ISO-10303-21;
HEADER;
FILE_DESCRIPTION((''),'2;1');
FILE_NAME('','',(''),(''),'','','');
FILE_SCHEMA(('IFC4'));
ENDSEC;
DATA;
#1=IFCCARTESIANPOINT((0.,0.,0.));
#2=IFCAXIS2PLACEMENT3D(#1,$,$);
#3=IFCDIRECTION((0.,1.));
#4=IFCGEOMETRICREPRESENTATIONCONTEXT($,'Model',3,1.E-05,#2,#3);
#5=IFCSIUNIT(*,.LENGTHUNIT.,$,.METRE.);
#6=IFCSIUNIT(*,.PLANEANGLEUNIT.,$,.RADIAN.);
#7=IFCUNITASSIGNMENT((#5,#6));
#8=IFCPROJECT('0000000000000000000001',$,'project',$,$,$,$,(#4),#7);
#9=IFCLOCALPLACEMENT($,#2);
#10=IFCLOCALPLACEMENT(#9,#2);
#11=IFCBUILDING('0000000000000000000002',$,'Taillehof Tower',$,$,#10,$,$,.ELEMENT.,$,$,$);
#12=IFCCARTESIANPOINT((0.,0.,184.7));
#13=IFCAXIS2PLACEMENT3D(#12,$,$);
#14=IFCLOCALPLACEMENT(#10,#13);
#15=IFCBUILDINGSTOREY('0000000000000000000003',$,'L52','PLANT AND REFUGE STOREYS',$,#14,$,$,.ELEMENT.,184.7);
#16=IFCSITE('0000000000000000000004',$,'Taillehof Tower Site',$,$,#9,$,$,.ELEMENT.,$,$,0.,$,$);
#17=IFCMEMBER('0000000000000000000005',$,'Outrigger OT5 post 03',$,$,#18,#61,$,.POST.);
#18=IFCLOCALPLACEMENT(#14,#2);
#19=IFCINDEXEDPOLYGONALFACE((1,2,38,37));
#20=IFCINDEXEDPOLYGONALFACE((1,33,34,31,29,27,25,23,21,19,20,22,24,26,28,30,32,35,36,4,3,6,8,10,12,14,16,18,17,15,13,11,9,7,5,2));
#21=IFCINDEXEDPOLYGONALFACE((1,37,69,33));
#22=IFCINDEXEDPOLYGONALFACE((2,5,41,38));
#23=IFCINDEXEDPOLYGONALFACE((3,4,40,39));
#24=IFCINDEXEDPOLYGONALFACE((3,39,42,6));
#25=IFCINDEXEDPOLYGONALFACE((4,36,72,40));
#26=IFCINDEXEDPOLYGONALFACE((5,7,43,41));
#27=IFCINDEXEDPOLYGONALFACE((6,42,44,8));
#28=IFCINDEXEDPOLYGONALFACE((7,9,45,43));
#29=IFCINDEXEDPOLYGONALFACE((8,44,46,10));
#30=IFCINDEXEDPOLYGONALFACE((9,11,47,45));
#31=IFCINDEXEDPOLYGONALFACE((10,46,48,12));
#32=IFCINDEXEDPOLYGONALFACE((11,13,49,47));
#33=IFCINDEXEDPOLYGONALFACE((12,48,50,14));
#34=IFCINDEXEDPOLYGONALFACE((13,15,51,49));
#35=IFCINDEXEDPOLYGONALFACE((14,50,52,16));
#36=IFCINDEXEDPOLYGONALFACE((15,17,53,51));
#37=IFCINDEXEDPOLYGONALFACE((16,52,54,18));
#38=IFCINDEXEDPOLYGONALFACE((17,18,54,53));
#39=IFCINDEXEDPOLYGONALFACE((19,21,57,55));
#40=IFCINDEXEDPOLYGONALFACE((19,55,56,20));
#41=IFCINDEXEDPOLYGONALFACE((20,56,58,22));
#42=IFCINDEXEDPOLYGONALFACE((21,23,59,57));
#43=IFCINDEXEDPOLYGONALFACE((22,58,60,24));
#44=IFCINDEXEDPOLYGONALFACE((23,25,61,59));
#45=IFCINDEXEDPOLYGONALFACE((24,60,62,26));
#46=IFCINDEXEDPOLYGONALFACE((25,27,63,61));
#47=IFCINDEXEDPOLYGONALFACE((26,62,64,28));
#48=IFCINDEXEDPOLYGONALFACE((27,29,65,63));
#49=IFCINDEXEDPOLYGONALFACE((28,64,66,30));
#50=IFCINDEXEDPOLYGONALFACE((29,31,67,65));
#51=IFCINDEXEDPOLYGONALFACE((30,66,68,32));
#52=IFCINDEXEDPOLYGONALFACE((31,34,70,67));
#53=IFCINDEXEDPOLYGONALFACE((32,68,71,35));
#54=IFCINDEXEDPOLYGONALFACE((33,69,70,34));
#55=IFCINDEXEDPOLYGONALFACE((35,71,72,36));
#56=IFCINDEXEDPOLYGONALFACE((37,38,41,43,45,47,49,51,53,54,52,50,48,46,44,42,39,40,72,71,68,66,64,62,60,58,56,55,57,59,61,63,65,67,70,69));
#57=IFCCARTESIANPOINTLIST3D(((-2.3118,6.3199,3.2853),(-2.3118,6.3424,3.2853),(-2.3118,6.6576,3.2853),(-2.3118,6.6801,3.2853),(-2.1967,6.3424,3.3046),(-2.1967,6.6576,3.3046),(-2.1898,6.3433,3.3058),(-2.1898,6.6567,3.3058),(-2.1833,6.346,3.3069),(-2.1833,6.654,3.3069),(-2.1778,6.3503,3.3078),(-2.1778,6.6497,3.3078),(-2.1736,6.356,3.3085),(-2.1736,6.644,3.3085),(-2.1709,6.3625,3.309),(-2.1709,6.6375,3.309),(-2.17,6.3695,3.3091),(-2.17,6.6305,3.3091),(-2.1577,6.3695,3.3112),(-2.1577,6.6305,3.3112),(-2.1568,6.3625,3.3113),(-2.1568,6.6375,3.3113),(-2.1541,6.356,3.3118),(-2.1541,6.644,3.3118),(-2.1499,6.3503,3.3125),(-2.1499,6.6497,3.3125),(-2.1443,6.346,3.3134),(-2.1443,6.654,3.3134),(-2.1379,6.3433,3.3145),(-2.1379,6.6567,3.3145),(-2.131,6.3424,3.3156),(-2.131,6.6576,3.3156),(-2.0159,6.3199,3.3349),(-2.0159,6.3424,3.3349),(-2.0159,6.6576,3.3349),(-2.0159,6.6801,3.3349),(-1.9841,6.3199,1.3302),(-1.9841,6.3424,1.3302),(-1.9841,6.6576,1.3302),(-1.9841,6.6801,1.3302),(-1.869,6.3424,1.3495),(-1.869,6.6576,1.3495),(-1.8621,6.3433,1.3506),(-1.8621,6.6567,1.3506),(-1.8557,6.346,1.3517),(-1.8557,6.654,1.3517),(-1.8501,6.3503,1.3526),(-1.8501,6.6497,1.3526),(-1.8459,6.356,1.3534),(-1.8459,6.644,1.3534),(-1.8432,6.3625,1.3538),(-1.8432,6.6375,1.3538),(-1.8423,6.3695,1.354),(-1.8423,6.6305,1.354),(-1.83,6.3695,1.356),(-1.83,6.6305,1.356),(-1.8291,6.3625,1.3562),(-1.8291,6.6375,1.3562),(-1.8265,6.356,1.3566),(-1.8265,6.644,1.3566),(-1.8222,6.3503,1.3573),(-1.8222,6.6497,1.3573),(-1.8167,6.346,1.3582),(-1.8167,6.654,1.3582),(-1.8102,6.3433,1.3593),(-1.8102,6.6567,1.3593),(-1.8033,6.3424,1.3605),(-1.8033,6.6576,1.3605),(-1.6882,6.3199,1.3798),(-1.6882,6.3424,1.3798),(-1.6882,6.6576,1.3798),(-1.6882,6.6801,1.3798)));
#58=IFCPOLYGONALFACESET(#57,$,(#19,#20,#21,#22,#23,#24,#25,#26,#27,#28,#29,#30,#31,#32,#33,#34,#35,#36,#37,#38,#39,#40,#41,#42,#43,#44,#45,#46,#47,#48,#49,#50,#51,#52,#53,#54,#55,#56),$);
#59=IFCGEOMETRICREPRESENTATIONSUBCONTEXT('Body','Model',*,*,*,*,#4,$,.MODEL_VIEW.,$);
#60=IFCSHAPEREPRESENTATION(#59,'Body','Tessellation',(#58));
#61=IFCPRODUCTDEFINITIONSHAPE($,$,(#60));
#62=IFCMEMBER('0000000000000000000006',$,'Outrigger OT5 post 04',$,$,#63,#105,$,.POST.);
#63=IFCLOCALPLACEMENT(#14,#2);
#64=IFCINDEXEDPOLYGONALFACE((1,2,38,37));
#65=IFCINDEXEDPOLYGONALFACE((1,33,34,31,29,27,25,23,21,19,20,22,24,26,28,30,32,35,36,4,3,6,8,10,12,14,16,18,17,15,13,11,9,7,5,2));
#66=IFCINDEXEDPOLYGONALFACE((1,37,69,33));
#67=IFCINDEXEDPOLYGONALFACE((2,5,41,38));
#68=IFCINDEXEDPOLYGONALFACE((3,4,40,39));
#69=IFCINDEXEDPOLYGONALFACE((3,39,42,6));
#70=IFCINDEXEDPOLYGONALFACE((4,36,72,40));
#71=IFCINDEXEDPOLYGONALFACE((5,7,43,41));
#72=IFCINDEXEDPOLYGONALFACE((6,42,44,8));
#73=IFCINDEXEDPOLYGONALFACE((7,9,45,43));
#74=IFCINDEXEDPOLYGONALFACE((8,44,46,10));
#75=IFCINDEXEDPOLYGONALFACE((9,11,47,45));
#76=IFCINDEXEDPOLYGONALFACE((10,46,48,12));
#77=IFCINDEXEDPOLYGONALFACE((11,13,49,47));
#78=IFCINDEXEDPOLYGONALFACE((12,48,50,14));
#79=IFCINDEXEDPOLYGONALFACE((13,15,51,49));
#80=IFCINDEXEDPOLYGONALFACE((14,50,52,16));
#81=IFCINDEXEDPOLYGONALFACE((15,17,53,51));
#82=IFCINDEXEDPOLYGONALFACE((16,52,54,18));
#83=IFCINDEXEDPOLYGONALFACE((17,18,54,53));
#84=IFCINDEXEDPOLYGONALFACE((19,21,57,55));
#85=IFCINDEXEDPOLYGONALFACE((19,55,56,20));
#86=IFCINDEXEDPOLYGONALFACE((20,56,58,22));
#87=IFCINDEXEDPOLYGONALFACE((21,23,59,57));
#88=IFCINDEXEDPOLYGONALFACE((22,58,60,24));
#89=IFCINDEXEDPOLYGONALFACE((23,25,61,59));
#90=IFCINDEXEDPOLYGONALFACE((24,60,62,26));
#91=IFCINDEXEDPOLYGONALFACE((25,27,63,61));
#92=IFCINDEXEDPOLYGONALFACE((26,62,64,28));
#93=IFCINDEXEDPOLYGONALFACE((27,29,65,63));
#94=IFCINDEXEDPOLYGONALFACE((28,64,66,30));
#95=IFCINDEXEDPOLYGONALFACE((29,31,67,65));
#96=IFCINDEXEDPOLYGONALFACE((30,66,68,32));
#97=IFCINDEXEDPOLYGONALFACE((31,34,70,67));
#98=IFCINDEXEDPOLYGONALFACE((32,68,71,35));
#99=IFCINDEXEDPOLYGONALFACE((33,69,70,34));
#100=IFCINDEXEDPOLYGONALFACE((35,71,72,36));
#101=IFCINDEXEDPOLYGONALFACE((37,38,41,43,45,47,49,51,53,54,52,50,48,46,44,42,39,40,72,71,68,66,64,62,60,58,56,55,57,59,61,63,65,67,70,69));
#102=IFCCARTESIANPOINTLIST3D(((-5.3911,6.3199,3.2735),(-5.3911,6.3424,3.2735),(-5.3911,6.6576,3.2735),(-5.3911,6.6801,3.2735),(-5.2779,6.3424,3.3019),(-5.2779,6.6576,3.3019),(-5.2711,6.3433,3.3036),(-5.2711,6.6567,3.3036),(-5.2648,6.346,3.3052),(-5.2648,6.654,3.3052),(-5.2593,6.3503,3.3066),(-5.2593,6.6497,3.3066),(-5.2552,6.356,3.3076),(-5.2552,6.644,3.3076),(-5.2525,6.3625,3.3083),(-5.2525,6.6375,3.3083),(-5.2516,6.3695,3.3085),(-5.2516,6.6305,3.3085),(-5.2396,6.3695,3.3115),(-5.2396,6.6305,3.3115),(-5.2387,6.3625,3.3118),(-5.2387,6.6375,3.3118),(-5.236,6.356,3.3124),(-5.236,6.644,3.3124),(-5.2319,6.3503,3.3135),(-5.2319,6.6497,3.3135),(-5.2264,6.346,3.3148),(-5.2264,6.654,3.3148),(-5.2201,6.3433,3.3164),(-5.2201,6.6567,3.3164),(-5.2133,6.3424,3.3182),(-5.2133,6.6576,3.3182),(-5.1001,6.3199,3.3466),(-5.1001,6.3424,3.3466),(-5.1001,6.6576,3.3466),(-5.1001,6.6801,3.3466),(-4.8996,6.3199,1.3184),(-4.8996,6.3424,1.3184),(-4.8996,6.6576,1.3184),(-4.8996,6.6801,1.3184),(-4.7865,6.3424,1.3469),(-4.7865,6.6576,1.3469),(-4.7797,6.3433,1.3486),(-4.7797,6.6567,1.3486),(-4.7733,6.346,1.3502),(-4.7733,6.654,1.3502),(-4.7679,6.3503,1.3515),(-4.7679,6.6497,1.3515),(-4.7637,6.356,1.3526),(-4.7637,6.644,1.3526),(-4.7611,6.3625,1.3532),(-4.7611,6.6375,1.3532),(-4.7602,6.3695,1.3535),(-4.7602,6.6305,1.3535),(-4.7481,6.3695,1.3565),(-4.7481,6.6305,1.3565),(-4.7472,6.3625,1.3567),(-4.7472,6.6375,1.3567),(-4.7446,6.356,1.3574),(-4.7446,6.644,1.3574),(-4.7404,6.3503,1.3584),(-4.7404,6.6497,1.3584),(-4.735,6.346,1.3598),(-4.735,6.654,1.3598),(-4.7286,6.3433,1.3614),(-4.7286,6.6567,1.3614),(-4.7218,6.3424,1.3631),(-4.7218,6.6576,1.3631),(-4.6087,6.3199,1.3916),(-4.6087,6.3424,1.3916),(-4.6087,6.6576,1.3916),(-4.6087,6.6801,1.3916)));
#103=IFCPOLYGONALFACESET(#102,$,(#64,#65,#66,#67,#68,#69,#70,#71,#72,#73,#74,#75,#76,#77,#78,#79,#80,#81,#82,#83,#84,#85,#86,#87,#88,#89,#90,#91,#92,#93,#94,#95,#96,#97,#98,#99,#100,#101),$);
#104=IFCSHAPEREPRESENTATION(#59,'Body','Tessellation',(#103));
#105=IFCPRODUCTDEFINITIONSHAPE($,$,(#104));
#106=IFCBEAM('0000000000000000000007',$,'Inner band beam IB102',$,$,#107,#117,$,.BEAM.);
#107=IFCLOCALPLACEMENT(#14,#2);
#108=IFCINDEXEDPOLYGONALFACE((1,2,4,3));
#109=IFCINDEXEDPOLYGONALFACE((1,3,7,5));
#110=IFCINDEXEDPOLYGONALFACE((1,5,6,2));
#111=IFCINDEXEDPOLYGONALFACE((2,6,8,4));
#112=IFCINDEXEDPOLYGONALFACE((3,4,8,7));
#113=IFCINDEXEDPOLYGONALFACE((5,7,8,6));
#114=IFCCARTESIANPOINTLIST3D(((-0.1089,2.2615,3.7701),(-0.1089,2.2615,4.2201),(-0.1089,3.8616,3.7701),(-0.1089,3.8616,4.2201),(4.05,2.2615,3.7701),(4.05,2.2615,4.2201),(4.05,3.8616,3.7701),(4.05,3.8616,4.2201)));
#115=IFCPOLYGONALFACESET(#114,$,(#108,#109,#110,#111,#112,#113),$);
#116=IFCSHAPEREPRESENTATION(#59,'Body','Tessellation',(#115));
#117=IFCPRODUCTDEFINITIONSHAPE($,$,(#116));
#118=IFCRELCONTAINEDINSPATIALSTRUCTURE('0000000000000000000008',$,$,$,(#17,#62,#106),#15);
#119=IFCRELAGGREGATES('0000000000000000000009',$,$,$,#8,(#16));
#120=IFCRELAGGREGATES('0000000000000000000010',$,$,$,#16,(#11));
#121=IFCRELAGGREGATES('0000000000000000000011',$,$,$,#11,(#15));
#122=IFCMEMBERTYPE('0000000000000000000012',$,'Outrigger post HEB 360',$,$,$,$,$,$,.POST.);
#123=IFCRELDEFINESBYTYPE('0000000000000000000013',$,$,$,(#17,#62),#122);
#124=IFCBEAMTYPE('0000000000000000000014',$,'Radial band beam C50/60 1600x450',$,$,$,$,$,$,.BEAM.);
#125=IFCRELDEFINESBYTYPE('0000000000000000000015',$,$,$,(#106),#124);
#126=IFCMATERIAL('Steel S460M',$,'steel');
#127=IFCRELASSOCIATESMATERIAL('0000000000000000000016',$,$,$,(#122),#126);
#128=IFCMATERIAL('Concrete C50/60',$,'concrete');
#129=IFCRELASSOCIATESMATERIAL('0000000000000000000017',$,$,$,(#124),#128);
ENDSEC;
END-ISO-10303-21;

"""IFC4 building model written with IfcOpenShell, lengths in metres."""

from ifc_helpers import new_model, si_unit, direction, frame, origin, origin_2d, place, context, subcontext, project, spatial, rectangle, i_section, extrude, material, material_profile, profile_set, type_object, element, save


model = new_model("IFC4")

# Units and contexts
model_context = context("Model", 3, precision=1e-05, world=origin(), true_north=direction((0.0, 1.0)))
body_context = subcontext(model_context, "Body", "Model", "MODEL_VIEW")
ifc_project = project(units=[si_unit("LENGTHUNIT", "METRE"), si_unit("PLANEANGLEUNIT", "RADIAN")], contexts=[model_context])

# Site, building, storey
site_placement = place(None, origin())
site = spatial("IfcSite", under=ifc_project, at=site_placement, Name="Taillehof Tower Site", CompositionType="ELEMENT", RefElevation=0.0)
building_placement = place(site_placement, origin())
building = spatial("IfcBuilding", under=site, at=building_placement, Name="Taillehof Tower", CompositionType="ELEMENT")
storey_placement = place(building_placement, frame((0.0, 0.0, 184.7)))
storey = spatial("IfcBuildingStorey", under=building, at=storey_placement, Name="L52", Description="PLANT AND REFUGE STOREYS", CompositionType="ELEMENT", Elevation=184.7)

# Members
ifc_material_1 = material(Name="Steel S460M", Category="steel")
ifc_material_profile_1 = material_profile(ifc_material_1, i_section(OverallWidth=0.3, OverallDepth=0.3601, WebThickness=0.0125, FlangeThickness=0.0225, FilletRadius=0.0271, at=origin_2d()), Name="HEB 360")
ifc_profile_set_1 = profile_set([ifc_material_profile_1], Name="Steel S460M")
member_type_1 = type_object("IfcMemberType", Name="Outrigger post HEB 360", PredefinedType="POST", material=ifc_profile_set_1)
member_1_placement = place(storey_placement, frame((-1.8362, 6.5, 1.355), z_axis=(-0.165278, 0.0, 0.986247), x_axis=(0.986247, 0.0, 0.165278)))
element("IfcMember", 1, at=member_1_placement, inside=storey, type_object=member_type_1, Name="Outrigger OT5 post 03", PredefinedType="POST", context=body_context, shape_type="SweptSolid", body=[
    extrude(i_section(OverallWidth=0.3, OverallDepth=0.3601, WebThickness=0.0125, FlangeThickness=0.0225, FilletRadius=0.0271, at=origin_2d()), origin(), (0.0, 0.0, 1.0), 1.9824),
])
member_2_placement = place(storey_placement, frame((-4.7542, 6.5, 1.355), z_axis=(-0.243789, 0.0, 0.969828), x_axis=(0.969828, 0.0, 0.243789)))
element("IfcMember", 2, at=member_2_placement, inside=storey, type_object=member_type_1, Name="Outrigger OT5 post 04", PredefinedType="POST", context=body_context, shape_type="SweptSolid", body=[
    extrude(i_section(OverallWidth=0.3, OverallDepth=0.3601, WebThickness=0.0125, FlangeThickness=0.0225, FilletRadius=0.0271, at=origin_2d()), origin(), (0.0, 0.0, 1.0), 2.0159),
])

# Beam
ifc_material_2 = material(Name="Concrete C50/60", Category="concrete")
ifc_material_profile_2 = material_profile(ifc_material_2, rectangle(XDim=1.6001, YDim=0.45, at=origin_2d()), Name="RC 1600x450")
ifc_profile_set_2 = profile_set([ifc_material_profile_2], Name="Concrete C50/60")
beam_type = type_object("IfcBeamType", Name="Radial band beam C50/60 1600x450", PredefinedType="BEAM", material=ifc_profile_set_2)
beam_placement = place(storey_placement, frame((-0.1089, 3.0615, 3.9951), z_axis=(1.0, 0.0, 0.0), x_axis=(0.0, 1.0, 0.0)))
element("IfcBeam", 3, at=beam_placement, inside=storey, type_object=beam_type, Name="Inner band beam IB102", PredefinedType="BEAM", context=body_context, shape_type="SweptSolid", body=[
    extrude(rectangle(XDim=1.6001, YDim=0.45, at=origin_2d()), origin(), (0.0, 0.0, 1.0), 4.1589),
])

save(model, "model.ifc")
